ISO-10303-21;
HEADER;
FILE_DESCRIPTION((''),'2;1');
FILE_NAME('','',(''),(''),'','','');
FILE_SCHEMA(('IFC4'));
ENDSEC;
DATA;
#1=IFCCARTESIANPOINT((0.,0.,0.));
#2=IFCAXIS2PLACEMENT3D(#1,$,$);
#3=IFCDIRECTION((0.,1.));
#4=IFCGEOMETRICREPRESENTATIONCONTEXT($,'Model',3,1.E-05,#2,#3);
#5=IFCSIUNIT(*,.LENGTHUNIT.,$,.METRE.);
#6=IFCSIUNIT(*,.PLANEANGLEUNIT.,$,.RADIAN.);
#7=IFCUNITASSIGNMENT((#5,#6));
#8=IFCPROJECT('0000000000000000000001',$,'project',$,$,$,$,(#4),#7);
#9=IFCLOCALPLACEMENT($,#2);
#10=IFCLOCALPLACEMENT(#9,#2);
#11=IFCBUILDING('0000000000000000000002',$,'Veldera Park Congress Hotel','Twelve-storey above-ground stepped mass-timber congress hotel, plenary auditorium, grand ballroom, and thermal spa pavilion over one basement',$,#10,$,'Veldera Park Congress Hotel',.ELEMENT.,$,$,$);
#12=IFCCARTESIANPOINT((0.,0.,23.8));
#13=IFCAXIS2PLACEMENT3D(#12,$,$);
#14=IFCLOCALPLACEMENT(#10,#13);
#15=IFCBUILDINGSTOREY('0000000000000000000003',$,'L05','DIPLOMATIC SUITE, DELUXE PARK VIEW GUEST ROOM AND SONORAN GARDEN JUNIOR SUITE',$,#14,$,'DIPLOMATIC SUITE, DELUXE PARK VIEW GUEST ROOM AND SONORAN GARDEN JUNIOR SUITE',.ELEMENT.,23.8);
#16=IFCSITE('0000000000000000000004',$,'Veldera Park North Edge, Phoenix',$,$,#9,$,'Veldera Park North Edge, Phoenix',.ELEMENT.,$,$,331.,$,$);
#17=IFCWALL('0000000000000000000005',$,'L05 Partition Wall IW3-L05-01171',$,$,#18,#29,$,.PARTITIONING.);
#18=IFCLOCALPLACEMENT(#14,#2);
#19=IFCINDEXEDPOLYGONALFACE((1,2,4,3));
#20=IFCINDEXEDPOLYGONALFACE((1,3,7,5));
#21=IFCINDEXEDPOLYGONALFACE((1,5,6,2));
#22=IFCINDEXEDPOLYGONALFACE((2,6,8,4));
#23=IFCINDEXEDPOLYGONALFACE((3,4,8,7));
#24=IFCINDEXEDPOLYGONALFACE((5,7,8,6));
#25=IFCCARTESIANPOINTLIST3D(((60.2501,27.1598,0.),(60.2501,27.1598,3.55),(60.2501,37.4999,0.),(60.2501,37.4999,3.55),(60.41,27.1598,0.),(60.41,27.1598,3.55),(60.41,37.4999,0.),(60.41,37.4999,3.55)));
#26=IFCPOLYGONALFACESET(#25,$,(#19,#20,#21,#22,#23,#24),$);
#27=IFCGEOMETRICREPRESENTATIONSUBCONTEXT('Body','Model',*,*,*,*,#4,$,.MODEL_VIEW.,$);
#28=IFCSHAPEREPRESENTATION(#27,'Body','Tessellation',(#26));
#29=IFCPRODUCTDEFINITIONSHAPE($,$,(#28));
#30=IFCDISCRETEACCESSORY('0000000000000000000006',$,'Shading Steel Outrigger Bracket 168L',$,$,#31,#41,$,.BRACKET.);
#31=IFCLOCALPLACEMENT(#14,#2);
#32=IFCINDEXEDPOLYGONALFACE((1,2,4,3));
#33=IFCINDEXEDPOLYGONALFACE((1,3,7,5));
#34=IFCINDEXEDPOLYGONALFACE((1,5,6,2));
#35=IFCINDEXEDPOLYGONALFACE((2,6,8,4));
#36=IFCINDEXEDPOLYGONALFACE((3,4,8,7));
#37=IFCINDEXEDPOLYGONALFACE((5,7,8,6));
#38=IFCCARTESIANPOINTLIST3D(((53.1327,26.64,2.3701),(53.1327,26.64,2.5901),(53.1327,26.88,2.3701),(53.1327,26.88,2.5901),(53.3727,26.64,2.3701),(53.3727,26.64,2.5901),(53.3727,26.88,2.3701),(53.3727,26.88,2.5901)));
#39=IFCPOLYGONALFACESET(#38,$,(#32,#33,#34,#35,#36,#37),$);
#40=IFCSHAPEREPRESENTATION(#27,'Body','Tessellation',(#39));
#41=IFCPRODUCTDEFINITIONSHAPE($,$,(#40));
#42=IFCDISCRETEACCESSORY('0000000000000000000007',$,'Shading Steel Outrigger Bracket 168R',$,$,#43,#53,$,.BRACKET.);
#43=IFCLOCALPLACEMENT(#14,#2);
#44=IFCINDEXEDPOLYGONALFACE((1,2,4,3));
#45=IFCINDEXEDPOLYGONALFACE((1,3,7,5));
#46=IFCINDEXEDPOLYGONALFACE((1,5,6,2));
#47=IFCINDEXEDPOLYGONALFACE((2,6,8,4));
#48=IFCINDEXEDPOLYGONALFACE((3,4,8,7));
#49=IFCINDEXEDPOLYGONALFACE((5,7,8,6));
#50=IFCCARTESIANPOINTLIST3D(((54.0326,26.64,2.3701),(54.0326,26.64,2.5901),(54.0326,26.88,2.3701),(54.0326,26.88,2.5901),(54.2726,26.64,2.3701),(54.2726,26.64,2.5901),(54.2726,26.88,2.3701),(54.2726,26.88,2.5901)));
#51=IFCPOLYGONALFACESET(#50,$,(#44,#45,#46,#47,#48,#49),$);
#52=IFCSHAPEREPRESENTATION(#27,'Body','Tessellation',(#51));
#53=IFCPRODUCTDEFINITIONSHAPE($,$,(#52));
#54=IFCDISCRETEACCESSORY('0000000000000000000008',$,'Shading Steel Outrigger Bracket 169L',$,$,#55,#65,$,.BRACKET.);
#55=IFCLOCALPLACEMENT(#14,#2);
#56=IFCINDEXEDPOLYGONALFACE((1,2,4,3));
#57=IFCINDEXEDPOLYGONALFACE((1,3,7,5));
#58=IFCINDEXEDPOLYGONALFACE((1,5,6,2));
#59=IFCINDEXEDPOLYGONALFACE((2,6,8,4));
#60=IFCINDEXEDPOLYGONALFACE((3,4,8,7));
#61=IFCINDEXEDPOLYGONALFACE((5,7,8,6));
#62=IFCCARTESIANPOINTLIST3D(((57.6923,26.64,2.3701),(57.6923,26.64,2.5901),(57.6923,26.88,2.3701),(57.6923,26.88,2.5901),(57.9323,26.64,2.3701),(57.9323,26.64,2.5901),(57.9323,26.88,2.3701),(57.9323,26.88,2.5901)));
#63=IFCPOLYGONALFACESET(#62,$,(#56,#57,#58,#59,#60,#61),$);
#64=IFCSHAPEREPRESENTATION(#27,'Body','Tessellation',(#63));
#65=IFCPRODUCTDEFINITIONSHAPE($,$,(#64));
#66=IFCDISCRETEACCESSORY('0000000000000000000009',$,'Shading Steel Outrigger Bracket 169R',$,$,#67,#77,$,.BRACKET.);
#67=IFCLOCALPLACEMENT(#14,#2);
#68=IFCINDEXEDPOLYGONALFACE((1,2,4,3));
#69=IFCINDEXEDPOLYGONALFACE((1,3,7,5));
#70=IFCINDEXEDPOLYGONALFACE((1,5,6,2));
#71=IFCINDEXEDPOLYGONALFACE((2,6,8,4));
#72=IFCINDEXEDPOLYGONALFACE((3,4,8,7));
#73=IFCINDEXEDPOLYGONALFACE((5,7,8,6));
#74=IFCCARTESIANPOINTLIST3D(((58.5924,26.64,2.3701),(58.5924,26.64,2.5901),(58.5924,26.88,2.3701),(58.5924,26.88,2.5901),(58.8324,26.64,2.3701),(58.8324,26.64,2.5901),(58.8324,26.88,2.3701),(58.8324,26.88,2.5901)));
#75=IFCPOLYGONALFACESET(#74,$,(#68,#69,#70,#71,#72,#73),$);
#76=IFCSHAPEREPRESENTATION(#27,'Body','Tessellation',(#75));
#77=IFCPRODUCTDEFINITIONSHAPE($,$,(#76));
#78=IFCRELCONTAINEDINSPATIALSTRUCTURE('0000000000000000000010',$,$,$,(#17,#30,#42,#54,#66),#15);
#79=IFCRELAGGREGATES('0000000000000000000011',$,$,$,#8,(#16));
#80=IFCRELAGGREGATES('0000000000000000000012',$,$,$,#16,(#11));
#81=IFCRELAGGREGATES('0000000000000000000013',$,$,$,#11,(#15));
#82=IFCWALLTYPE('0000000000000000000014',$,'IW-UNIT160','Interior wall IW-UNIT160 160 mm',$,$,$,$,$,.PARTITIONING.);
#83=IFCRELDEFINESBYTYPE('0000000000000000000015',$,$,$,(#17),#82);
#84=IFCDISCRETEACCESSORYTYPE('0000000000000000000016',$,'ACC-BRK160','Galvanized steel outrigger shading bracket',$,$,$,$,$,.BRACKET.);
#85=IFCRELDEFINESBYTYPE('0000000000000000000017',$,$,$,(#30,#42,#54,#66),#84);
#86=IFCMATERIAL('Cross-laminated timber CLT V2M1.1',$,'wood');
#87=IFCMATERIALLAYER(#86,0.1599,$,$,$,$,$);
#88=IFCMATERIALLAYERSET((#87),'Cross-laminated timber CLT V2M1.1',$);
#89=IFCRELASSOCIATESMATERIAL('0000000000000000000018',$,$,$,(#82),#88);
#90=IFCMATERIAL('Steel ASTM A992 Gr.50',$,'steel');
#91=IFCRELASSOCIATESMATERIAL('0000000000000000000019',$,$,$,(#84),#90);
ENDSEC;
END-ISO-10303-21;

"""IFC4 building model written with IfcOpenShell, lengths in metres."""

from ifc_helpers import new_model, si_unit, direction, frame, frame_2d, origin, origin_2d, place, context, subcontext, project, spatial, rectangle, extrude, material, layer, layer_set, type_object, element, save


model = new_model("IFC4")

# Units and contexts
model_context = context("Model", 3, precision=1e-05, world=origin(), true_north=direction((0.0, 1.0)))
body_context = subcontext(model_context, "Body", "Model", "MODEL_VIEW")
ifc_project = project(units=[si_unit("LENGTHUNIT", "METRE"), si_unit("PLANEANGLEUNIT", "RADIAN")], contexts=[model_context])

# Site, building, storey
site_placement = place(None, origin())
site = spatial("IfcSite", under=ifc_project, at=site_placement, Name="Veldera Park North Edge, Phoenix", LongName="Veldera Park North Edge, Phoenix", CompositionType="ELEMENT", RefElevation=331.0)
building_placement = place(site_placement, origin())
building = spatial("IfcBuilding", under=site, at=building_placement, Name="Veldera Park Congress Hotel", Description="Twelve-storey above-ground stepped mass-timber congress hotel, plenary auditorium, grand ballroom, and thermal spa pavilion over one basement", LongName="Veldera Park Congress Hotel", CompositionType="ELEMENT")
storey_placement = place(building_placement, frame((0.0, 0.0, 23.8)))
storey = spatial("IfcBuildingStorey", under=building, at=storey_placement, Name="L05", Description="DIPLOMATIC SUITE, DELUXE PARK VIEW GUEST ROOM AND SONORAN GARDEN JUNIOR SUITE", LongName="DIPLOMATIC SUITE, DELUXE PARK VIEW GUEST ROOM AND SONORAN GARDEN JUNIOR SUITE", CompositionType="ELEMENT", Elevation=23.8)

# Wall
ifc_material_1 = material(Name="Cross-laminated timber CLT V2M1.1", Category="wood")
ifc_layer_1 = layer(ifc_material_1, 0.1599)
ifc_layer_set_1 = layer_set([ifc_layer_1], Name="Cross-laminated timber CLT V2M1.1")
wall_type_1 = type_object("IfcWallType", Name="IW-UNIT160", Description="Interior wall IW-UNIT160 160 mm", PredefinedType="PARTITIONING", material=ifc_layer_set_1)
for number, where, z_axis, x_axis, name in (
    (1, (60.3301, 27.1599, 0.0), (0.0, 0.0, 1.0), (0.0, 1.0, 0.0), "L05 Partition Wall IW3-L05-01171"),
):
    element("IfcWall", number, at=place(storey_placement, frame(where, z_axis=z_axis, x_axis=x_axis)), inside=storey, type_object=wall_type_1, Name=name, PredefinedType="PARTITIONING", context=body_context, shape_type="SweptSolid", body=[
        extrude(rectangle(XDim=10.3401, YDim=0.1599, at=frame_2d((5.1699, 0.0))), origin(), (0.0, 0.0, 1.0), 3.55),
    ])

# Discrete accessories
ifc_material_2 = material(Name="Steel ASTM A992 Gr.50", Category="steel")
discrete_accessory_type = type_object("IfcDiscreteAccessoryType", Name="ACC-BRK160", Description="Galvanized steel outrigger shading bracket", PredefinedType="BRACKET", material=ifc_material_2)
for number, where, z_axis, x_axis, name in (
    (2, (53.2527, 26.76, 2.3701), (0.0, 0.0, 1.0), (1.0, 0.0, 0.0), "Shading Steel Outrigger Bracket 168L"),
    (3, (54.1526, 26.76, 2.3701), (0.0, 0.0, 1.0), (1.0, 0.0, 0.0), "Shading Steel Outrigger Bracket 168R"),
    (4, (57.8123, 26.76, 2.3701), (0.0, 0.0, 1.0), (1.0, 0.0, 0.0), "Shading Steel Outrigger Bracket 169L"),
    (5, (58.7124, 26.76, 2.3701), (0.0, 0.0, 1.0), (1.0, 0.0, 0.0), "Shading Steel Outrigger Bracket 169R"),
):
    element("IfcDiscreteAccessory", number, at=place(storey_placement, frame(where, z_axis=z_axis, x_axis=x_axis)), inside=storey, type_object=discrete_accessory_type, Name=name, PredefinedType="BRACKET", context=body_context, shape_type="SweptSolid", body=[
        extrude(rectangle(XDim=0.24, YDim=0.24, at=origin_2d()), origin(), (0.0, 0.0, 1.0), 0.22),
    ])

save(model, "model.ifc")
